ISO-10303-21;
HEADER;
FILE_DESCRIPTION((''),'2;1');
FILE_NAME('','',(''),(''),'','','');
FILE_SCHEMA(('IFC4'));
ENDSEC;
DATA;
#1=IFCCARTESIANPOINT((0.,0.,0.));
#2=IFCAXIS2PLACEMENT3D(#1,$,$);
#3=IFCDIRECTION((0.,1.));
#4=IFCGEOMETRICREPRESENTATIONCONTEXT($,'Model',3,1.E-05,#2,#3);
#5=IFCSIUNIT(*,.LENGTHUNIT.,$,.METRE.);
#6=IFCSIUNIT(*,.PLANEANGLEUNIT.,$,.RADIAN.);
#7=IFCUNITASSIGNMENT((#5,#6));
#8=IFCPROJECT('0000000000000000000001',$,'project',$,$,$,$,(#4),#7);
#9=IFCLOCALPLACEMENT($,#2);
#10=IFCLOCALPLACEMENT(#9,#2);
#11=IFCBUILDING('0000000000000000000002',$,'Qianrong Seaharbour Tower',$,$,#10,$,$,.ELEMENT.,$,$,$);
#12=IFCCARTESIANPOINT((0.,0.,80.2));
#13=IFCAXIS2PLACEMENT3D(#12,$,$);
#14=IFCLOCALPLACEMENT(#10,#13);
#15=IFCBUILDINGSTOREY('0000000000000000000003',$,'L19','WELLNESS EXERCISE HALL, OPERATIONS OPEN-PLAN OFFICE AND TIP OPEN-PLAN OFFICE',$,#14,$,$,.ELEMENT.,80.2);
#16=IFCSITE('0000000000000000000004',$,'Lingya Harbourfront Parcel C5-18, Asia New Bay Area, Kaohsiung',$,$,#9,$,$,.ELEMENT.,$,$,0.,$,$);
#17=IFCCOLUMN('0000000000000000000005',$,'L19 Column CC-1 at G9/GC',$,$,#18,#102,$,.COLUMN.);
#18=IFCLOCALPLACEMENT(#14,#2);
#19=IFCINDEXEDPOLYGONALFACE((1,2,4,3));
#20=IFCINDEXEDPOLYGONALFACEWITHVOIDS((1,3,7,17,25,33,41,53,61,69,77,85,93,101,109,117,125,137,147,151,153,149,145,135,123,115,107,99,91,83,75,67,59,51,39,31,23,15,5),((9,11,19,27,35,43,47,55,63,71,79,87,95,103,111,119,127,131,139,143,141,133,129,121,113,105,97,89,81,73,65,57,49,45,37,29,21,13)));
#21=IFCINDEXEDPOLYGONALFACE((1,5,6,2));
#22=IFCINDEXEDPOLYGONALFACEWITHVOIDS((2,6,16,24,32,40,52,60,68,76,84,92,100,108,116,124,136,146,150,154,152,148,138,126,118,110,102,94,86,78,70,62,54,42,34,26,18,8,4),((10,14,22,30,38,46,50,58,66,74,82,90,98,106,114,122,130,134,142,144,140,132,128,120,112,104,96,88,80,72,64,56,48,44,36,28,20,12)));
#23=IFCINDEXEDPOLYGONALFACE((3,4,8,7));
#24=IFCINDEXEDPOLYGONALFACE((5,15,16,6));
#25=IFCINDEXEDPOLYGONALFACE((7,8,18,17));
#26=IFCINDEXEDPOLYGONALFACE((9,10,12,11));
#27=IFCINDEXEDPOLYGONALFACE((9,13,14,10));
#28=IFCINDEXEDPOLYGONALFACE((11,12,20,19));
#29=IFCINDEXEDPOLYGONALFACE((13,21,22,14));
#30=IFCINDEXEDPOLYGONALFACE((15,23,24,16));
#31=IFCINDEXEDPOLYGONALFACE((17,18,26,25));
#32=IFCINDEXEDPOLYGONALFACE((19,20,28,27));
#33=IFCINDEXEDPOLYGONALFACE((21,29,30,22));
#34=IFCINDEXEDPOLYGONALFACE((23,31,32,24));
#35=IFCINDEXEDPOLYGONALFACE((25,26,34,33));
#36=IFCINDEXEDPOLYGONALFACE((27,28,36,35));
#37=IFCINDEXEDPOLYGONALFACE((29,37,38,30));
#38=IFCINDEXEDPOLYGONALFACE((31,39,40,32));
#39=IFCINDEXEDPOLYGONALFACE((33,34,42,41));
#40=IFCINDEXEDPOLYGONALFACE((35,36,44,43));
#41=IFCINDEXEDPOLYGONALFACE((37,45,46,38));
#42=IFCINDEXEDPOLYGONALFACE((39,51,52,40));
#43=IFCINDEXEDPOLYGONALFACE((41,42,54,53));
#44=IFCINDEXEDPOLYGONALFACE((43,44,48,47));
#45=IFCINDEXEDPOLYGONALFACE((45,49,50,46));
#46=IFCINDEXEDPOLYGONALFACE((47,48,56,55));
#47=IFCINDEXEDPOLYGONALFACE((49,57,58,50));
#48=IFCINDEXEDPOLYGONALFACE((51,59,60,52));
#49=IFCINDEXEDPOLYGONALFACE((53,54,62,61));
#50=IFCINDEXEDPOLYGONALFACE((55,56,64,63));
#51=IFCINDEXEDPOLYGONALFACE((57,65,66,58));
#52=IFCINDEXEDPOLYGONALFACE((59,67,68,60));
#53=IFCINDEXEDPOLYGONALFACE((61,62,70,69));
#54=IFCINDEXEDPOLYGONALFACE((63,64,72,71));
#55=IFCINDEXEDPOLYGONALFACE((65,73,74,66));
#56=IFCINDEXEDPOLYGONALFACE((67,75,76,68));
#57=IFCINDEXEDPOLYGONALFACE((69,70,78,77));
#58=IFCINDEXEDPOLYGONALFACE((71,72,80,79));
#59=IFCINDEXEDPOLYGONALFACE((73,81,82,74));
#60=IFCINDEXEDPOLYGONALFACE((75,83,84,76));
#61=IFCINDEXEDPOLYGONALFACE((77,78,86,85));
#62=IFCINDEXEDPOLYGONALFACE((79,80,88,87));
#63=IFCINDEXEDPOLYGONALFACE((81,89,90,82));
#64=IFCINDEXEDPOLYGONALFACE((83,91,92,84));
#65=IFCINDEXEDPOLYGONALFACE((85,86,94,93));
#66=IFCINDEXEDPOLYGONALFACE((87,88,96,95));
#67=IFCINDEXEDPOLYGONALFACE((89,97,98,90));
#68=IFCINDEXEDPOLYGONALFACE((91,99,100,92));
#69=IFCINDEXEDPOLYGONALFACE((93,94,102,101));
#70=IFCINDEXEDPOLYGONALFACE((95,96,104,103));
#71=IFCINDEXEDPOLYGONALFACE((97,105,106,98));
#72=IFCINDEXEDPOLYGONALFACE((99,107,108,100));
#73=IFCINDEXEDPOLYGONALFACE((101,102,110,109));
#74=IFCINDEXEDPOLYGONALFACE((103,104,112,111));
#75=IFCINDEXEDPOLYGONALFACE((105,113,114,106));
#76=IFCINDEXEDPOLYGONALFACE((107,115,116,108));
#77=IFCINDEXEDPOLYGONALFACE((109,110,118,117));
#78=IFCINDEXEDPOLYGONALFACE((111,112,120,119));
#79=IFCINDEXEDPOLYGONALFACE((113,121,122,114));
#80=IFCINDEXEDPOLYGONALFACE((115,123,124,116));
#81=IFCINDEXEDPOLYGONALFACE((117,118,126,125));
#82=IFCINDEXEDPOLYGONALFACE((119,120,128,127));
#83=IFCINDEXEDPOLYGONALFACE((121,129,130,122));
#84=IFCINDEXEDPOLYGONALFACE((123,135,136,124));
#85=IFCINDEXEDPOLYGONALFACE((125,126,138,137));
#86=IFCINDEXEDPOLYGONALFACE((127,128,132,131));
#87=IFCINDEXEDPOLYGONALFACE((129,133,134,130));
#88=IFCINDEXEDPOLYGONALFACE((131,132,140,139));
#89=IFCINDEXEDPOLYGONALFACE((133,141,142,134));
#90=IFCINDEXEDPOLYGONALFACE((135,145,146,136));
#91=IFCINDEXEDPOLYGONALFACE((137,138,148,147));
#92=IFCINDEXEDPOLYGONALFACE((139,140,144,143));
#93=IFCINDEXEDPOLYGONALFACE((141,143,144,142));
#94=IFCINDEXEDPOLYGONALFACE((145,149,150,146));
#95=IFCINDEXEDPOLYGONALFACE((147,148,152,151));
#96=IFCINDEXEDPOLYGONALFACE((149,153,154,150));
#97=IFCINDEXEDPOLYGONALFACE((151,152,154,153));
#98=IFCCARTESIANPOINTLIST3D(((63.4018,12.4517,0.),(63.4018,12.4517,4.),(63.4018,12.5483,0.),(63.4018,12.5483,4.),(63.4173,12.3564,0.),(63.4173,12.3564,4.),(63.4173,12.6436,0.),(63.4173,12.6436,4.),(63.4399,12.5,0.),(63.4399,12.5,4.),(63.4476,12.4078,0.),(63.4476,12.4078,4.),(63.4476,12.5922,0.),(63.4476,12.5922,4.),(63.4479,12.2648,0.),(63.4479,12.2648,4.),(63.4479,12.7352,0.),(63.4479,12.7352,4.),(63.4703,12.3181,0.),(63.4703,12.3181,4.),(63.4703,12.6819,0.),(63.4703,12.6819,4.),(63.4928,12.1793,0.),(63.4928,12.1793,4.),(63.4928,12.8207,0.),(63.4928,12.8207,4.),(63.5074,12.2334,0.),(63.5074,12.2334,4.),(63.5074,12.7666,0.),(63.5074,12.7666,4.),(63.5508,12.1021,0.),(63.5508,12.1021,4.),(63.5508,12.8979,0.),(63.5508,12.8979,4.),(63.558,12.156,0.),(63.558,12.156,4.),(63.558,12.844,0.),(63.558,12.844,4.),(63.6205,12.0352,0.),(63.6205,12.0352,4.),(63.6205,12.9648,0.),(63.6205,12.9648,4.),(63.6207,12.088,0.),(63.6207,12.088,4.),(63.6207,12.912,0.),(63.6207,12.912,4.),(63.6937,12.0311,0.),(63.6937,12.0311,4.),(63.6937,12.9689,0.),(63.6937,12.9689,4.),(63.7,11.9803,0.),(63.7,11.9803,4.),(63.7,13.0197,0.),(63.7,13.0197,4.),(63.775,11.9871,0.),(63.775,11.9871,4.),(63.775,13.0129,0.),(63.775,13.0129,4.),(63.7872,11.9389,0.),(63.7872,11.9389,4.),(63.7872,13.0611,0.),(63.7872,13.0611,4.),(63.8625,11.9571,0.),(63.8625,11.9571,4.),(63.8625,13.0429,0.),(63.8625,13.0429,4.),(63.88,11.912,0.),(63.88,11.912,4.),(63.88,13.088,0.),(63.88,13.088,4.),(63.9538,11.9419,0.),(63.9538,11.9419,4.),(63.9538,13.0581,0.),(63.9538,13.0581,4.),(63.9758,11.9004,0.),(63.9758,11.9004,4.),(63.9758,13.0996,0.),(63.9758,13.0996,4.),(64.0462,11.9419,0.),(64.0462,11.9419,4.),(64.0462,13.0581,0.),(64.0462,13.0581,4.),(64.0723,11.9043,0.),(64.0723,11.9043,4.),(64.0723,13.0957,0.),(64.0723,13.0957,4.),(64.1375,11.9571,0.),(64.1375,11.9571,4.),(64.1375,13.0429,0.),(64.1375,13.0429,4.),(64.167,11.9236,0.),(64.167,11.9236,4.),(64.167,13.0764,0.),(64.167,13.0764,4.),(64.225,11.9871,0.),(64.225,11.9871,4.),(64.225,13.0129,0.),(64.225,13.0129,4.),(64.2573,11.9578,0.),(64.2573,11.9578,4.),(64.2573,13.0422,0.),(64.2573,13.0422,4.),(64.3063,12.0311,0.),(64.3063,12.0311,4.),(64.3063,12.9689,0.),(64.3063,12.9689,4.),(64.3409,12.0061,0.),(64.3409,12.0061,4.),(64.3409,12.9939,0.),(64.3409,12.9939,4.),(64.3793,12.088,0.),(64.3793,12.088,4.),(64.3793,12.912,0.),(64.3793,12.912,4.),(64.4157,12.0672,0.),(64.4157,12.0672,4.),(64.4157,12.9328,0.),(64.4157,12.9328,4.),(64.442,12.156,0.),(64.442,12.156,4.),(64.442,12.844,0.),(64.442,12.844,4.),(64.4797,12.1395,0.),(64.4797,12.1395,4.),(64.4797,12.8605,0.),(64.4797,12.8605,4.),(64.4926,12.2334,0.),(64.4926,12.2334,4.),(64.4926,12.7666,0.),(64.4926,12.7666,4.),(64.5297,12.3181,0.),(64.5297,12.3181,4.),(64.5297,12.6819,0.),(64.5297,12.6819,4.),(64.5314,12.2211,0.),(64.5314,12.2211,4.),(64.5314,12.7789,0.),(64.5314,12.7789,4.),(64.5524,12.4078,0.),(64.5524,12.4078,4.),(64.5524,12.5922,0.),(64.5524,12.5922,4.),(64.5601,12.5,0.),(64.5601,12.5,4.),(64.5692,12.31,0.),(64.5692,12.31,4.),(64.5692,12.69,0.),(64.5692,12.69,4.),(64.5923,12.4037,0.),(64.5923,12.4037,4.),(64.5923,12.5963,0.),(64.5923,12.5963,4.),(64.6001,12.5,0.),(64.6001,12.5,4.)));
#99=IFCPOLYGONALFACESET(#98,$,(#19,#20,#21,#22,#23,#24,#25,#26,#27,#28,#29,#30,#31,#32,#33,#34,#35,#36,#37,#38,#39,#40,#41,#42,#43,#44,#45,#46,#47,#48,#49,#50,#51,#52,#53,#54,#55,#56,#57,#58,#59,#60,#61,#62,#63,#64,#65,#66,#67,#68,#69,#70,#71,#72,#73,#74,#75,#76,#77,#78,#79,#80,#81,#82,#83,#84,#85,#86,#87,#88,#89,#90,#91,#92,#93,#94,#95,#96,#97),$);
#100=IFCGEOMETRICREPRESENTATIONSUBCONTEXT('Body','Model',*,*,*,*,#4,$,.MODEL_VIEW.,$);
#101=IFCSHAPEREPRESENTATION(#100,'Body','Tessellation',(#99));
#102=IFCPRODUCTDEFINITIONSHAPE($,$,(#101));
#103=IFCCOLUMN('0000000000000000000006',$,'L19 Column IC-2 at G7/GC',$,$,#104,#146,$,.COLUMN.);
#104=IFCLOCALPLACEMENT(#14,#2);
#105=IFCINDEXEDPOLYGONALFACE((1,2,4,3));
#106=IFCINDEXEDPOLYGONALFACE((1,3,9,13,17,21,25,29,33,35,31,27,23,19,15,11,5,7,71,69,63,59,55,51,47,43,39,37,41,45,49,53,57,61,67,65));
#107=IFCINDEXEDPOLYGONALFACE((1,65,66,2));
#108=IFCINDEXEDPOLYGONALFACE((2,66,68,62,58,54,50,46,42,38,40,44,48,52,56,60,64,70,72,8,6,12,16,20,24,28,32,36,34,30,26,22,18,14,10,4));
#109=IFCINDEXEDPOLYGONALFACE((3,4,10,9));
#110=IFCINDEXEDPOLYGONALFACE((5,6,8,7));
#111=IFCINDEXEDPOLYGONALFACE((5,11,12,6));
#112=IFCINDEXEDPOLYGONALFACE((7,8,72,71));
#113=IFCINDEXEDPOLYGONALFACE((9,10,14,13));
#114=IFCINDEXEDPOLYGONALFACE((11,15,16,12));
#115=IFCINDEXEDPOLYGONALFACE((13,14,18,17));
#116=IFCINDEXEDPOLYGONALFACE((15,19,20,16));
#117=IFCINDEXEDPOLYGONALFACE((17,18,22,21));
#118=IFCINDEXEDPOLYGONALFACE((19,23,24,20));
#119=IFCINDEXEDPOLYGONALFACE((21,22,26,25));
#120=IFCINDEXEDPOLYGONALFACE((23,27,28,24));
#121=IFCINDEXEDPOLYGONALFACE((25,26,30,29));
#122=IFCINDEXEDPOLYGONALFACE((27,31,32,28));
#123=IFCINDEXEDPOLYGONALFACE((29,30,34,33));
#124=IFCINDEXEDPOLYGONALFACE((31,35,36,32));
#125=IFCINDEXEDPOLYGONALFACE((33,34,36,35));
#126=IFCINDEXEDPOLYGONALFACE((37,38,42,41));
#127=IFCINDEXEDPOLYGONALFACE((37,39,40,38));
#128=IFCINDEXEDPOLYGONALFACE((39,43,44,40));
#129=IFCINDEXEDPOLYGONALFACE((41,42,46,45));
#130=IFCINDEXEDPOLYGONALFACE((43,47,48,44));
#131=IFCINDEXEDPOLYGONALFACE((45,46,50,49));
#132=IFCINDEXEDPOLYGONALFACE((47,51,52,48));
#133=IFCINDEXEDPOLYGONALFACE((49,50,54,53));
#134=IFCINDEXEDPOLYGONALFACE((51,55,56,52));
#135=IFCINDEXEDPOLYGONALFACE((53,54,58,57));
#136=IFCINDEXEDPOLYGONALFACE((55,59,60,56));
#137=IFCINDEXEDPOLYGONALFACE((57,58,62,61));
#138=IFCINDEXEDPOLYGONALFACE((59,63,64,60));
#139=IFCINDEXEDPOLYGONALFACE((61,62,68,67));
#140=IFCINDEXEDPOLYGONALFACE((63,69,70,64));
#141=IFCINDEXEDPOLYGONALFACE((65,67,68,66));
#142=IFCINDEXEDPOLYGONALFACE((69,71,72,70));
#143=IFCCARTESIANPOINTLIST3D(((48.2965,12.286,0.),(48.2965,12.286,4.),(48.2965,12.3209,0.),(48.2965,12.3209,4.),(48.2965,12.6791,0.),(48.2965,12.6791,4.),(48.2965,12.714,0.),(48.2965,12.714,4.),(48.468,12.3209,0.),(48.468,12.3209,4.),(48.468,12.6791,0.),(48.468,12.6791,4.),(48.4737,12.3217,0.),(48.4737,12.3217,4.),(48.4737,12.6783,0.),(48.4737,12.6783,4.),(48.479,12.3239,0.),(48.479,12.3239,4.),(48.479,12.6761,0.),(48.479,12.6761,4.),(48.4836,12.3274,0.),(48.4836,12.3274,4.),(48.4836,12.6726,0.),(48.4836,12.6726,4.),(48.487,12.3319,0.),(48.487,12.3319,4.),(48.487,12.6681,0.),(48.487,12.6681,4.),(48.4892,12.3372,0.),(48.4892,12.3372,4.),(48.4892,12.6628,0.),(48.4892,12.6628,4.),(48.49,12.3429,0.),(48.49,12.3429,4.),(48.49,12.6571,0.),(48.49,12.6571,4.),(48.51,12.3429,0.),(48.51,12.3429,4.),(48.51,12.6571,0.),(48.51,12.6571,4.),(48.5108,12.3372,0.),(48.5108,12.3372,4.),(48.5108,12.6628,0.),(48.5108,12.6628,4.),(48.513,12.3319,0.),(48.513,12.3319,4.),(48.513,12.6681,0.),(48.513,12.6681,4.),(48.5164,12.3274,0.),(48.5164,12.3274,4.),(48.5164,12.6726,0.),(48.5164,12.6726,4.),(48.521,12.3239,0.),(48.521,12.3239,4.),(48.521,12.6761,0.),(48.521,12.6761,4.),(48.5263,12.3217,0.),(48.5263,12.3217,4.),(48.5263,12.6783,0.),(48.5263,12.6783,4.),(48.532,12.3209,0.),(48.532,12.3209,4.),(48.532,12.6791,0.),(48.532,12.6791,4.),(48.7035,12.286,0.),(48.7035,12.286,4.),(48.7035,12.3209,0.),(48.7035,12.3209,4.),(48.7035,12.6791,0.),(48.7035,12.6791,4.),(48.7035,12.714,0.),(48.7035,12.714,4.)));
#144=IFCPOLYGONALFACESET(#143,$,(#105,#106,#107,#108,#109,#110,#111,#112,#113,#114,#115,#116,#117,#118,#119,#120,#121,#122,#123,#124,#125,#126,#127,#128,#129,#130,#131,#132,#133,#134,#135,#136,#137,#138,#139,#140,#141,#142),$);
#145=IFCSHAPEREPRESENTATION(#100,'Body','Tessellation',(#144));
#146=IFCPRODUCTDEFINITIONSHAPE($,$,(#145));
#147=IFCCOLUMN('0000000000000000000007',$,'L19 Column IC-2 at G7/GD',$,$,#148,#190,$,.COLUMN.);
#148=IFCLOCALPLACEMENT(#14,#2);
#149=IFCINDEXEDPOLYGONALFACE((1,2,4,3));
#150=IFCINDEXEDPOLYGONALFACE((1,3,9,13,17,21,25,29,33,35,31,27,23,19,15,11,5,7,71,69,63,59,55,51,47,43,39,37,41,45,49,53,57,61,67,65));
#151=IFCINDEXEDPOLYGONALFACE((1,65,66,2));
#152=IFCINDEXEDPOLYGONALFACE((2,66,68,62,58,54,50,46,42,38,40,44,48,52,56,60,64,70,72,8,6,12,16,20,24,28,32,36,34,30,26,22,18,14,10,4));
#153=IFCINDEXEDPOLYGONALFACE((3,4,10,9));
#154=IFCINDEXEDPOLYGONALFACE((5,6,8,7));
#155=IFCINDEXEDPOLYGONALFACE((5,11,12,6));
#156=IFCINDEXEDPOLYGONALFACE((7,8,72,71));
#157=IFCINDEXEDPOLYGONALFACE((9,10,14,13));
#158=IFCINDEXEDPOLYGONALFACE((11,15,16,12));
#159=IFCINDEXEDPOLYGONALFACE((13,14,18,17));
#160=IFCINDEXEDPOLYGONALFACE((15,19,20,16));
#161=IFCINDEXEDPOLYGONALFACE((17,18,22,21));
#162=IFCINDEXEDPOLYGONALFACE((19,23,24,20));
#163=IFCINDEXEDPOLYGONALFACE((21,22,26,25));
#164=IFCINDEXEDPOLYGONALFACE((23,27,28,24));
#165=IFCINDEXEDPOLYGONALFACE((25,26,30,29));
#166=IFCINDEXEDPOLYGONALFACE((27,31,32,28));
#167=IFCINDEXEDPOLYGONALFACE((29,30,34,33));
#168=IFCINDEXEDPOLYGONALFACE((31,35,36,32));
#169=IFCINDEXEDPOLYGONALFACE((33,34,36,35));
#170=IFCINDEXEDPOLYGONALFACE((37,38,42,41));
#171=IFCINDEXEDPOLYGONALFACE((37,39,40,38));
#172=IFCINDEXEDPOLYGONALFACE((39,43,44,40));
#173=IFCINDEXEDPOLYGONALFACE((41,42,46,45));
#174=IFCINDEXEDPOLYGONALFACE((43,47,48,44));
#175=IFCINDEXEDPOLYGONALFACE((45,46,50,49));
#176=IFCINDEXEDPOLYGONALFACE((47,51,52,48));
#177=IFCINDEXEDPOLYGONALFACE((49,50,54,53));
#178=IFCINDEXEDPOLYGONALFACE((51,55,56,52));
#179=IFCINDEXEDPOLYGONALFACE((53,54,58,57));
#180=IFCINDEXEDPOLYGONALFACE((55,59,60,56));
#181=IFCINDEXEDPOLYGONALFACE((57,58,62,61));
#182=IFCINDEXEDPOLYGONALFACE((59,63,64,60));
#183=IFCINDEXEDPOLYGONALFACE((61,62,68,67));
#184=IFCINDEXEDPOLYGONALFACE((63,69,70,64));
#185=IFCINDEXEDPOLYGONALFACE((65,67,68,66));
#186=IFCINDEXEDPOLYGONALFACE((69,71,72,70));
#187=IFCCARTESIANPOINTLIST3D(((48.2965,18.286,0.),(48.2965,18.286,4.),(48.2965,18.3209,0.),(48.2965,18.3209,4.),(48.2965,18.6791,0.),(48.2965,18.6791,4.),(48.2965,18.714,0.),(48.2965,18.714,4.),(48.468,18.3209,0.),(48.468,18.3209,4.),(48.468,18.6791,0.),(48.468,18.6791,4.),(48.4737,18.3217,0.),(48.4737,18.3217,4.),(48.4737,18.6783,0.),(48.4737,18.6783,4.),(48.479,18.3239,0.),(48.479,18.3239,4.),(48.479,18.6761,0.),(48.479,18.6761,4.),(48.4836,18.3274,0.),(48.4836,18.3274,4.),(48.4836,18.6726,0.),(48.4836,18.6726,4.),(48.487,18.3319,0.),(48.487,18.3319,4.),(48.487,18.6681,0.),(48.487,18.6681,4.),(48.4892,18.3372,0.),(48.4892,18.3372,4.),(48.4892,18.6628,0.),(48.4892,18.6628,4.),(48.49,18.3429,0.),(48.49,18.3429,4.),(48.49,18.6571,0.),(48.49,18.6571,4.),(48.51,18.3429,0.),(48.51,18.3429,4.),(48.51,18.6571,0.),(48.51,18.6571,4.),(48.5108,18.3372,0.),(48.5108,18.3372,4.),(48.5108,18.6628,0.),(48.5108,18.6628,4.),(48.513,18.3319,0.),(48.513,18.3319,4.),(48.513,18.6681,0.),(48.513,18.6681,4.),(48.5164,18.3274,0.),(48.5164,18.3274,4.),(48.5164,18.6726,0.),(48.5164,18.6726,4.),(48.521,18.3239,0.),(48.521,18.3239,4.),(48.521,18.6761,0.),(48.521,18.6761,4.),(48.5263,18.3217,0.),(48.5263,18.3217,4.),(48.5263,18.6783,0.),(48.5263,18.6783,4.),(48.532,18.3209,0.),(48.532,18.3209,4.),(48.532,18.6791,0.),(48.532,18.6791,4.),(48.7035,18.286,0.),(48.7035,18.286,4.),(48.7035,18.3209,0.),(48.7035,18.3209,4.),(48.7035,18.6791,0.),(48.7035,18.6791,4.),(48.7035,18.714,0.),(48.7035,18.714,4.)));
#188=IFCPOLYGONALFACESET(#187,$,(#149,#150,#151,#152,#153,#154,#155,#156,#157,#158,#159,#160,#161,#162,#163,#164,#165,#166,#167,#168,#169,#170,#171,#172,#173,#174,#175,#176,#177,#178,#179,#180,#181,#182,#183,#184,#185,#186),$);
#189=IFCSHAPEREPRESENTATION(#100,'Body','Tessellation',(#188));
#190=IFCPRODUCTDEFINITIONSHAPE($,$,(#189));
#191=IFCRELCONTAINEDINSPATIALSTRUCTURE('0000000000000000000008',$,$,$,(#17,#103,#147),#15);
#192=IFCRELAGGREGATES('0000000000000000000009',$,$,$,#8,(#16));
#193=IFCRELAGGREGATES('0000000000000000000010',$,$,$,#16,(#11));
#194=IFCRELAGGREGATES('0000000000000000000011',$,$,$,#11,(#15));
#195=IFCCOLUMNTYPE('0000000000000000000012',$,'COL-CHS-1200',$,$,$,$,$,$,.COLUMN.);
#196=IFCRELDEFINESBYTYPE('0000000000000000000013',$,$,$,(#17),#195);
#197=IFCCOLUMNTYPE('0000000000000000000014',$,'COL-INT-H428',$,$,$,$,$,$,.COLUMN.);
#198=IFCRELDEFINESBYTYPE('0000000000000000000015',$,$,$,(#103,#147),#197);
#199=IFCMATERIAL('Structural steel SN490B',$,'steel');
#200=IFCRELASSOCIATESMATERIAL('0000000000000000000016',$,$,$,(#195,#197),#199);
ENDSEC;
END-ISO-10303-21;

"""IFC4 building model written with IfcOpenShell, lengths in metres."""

from ifc_helpers import new_model, si_unit, direction, frame, origin, origin_2d, place, context, subcontext, project, spatial, hollow_circle, i_section, extrude, material, material_profile, profile_set, type_object, element, save


model = new_model("IFC4")

# Units and contexts
model_context = context("Model", 3, precision=1e-05, world=origin(), true_north=direction((0.0, 1.0)))
body_context = subcontext(model_context, "Body", "Model", "MODEL_VIEW")
ifc_project = project(units=[si_unit("LENGTHUNIT", "METRE"), si_unit("PLANEANGLEUNIT", "RADIAN")], contexts=[model_context])

# Site, building, storey
site_placement = place(None, origin())
site = spatial("IfcSite", under=ifc_project, at=site_placement, Name="Lingya Harbourfront Parcel C5-18, Asia New Bay Area, Kaohsiung", CompositionType="ELEMENT", RefElevation=0.0)
building_placement = place(site_placement, origin())
building = spatial("IfcBuilding", under=site, at=building_placement, Name="Qianrong Seaharbour Tower", CompositionType="ELEMENT")
storey_placement = place(building_placement, frame((0.0, 0.0, 80.2)))
storey = spatial("IfcBuildingStorey", under=building, at=storey_placement, Name="L19", Description="WELLNESS EXERCISE HALL, OPERATIONS OPEN-PLAN OFFICE AND TIP OPEN-PLAN OFFICE", CompositionType="ELEMENT", Elevation=80.2)

# Columns
ifc_material_1 = material(Name="Structural steel SN490B", Category="steel")
ifc_material_profile_1 = material_profile(ifc_material_1, hollow_circle(Radius=0.6001, WallThickness=0.04, at=origin_2d()), Name="CHS1200x40")
ifc_profile_set_1 = profile_set([ifc_material_profile_1], Name="Structural steel SN490B")
column_type_1 = type_object("IfcColumnType", Name="COL-CHS-1200", PredefinedType="COLUMN", material=ifc_profile_set_1)
column_placement = place(storey_placement, frame((64.0, 12.5, 0.0), z_axis=(0.0, 0.0, 1.0), x_axis=(1.0, 0.0, 0.0)))
element("IfcColumn", 1, at=column_placement, inside=storey, type_object=column_type_1, Name="L19 Column CC-1 at G9/GC", PredefinedType="COLUMN", context=body_context, shape_type="SweptSolid", body=[
    extrude(hollow_circle(Radius=0.6001, WallThickness=0.04, at=origin_2d()), origin(), (0.0, 0.0, 1.0), 4.0),
])
ifc_material_profile_2 = material_profile(ifc_material_1, i_section(OverallWidth=0.407, OverallDepth=0.428, WebThickness=0.02, FlangeThickness=0.0349, FilletRadius=0.022, at=origin_2d()), Name="H428x407x20x35")
ifc_profile_set_2 = profile_set([ifc_material_profile_2], Name="Structural steel SN490B")
column_type_2 = type_object("IfcColumnType", Name="COL-INT-H428", PredefinedType="COLUMN", material=ifc_profile_set_2)
for number, where, z_axis, x_axis, name in (
    (2, (48.5, 12.5, 0.0), (0.0, 0.0, 1.0), (1.0, 0.0, 0.0), "L19 Column IC-2 at G7/GC"),
    (3, (48.5, 18.5, 0.0), (0.0, 0.0, 1.0), (1.0, 0.0, 0.0), "L19 Column IC-2 at G7/GD"),
):
    element("IfcColumn", number, at=place(storey_placement, frame(where, z_axis=z_axis, x_axis=x_axis)), inside=storey, type_object=column_type_2, Name=name, PredefinedType="COLUMN", context=body_context, shape_type="SweptSolid", body=[
        extrude(i_section(OverallWidth=0.407, OverallDepth=0.428, WebThickness=0.02, FlangeThickness=0.0349, FilletRadius=0.022, at=origin_2d()), origin(), (0.0, 0.0, 1.0), 4.0),
    ])

save(model, "model.ifc")
